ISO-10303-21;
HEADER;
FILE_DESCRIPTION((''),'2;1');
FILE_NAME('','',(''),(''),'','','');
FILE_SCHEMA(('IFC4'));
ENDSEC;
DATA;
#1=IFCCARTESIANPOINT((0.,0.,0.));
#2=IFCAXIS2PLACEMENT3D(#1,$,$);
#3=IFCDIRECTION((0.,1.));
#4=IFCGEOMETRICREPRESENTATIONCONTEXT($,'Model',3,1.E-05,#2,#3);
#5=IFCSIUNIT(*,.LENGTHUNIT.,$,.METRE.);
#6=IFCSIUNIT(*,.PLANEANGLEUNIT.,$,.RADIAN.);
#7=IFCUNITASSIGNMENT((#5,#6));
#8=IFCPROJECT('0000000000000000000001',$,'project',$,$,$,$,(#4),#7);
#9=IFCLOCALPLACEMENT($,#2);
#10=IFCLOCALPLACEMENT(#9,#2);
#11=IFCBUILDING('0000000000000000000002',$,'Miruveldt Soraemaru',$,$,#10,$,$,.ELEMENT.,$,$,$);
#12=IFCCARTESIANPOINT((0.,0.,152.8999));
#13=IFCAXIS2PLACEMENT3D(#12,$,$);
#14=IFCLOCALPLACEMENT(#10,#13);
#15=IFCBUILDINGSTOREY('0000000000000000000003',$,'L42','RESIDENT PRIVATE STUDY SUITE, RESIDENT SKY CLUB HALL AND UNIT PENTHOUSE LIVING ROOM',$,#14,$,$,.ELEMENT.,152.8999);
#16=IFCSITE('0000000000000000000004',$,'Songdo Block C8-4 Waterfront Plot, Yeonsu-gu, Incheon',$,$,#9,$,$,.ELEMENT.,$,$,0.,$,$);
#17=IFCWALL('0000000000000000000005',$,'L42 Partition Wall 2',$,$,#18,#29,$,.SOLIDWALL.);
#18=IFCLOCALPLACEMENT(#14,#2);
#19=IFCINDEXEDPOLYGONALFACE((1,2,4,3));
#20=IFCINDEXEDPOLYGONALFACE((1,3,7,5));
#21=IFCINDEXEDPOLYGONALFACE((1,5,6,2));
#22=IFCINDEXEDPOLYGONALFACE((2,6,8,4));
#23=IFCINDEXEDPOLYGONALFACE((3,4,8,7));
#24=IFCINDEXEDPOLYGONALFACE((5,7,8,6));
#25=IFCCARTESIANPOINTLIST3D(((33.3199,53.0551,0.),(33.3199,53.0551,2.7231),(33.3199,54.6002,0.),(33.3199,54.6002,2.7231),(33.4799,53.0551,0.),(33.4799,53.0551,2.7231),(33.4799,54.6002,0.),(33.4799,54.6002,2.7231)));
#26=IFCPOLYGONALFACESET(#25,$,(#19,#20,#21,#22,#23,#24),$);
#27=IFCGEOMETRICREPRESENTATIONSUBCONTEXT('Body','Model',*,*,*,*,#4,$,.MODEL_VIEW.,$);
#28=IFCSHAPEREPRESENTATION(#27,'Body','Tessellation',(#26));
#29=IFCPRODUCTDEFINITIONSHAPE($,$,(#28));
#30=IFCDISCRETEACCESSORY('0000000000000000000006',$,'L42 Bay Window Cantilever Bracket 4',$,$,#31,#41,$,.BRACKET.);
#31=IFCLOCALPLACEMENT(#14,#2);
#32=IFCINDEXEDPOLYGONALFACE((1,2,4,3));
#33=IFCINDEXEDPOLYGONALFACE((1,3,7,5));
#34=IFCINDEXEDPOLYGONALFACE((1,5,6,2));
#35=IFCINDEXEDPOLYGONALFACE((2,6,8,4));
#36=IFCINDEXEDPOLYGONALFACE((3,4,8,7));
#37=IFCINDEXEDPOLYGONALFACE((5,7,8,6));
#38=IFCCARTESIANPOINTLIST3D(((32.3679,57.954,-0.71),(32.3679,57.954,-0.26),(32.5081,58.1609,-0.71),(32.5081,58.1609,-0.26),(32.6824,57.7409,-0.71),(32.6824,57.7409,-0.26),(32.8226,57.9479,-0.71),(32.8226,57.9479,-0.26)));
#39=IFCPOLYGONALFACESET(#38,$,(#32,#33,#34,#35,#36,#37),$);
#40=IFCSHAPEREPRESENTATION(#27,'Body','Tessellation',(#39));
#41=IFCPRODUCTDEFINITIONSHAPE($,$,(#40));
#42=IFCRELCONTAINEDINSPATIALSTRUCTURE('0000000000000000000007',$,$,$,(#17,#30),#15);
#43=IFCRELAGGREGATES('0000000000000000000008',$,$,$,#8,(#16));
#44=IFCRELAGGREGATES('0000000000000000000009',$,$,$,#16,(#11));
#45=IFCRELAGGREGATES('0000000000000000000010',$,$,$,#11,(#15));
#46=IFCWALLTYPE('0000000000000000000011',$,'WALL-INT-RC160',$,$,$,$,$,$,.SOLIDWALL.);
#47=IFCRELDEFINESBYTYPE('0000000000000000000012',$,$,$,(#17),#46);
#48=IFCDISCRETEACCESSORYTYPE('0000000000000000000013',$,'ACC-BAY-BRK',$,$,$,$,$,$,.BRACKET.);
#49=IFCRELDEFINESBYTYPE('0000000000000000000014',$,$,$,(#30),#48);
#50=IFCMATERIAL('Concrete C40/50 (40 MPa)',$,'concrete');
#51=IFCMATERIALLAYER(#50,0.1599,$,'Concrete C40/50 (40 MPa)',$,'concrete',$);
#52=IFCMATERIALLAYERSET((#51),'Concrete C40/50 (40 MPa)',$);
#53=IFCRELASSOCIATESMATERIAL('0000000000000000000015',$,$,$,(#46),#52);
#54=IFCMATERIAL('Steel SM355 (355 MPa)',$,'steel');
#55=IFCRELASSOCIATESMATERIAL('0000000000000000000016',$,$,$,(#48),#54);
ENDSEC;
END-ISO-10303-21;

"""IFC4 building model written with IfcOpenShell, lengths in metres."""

from ifc_helpers import new_model, si_unit, direction, frame, frame_2d, origin, origin_2d, place, context, subcontext, project, spatial, rectangle, extrude, material, layer, layer_set, type_object, element, save


model = new_model("IFC4")

# Units and contexts
model_context = context("Model", 3, precision=1e-05, world=origin(), true_north=direction((0.0, 1.0)))
body_context = subcontext(model_context, "Body", "Model", "MODEL_VIEW")
ifc_project = project(units=[si_unit("LENGTHUNIT", "METRE"), si_unit("PLANEANGLEUNIT", "RADIAN")], contexts=[model_context])

# Site, building, storey
site_placement = place(None, origin())
site = spatial("IfcSite", under=ifc_project, at=site_placement, Name="Songdo Block C8-4 Waterfront Plot, Yeonsu-gu, Incheon", CompositionType="ELEMENT", RefElevation=0.0)
building_placement = place(site_placement, origin())
building = spatial("IfcBuilding", under=site, at=building_placement, Name="Miruveldt Soraemaru", CompositionType="ELEMENT")
storey_placement = place(building_placement, frame((0.0, 0.0, 152.8999)))
storey = spatial("IfcBuildingStorey", under=building, at=storey_placement, Name="L42", Description="RESIDENT PRIVATE STUDY SUITE, RESIDENT SKY CLUB HALL AND UNIT PENTHOUSE LIVING ROOM", CompositionType="ELEMENT", Elevation=152.8999)

# Shared definitions
ifc_material_1 = material(Name="Steel SM355 (355 MPa)", Category="steel")

# Shared definitions
ifc_material_2 = material(Name="Concrete C40/50 (40 MPa)", Category="concrete")
ifc_layer_1 = layer(ifc_material_2, 0.1599, Name="Concrete C40/50 (40 MPa)", Category="concrete")
ifc_layer_set_1 = layer_set([ifc_layer_1], Name="Concrete C40/50 (40 MPa)")
wall_type_1 = type_object("IfcWallType", Name="WALL-INT-RC160", PredefinedType="SOLIDWALL", material=ifc_layer_set_1)

# Wall
wall_1_placement = place(storey_placement, frame((33.3999, 54.6001, 0.0), z_axis=(0.0, 0.0, 1.0), x_axis=(0.0, -1.0, 0.0)))
element("IfcWall", 1, at=wall_1_placement, inside=storey, type_object=wall_type_1, Name="L42 Partition Wall 2", PredefinedType="SOLIDWALL", context=body_context, shape_type="SweptSolid", body=[
    extrude(rectangle(XDim=1.5452, YDim=0.1599, at=frame_2d((0.7725, 0.0))), origin(), (0.0, 0.0, 1.0), 2.7231),
])

# Discrete accessory
discrete_accessory_type = type_object("IfcDiscreteAccessoryType", Name="ACC-BAY-BRK", PredefinedType="BRACKET", material=ifc_material_1)
discrete_accessory_placement = place(storey_placement, frame((32.5952, 57.9509, -0.71), z_axis=(0.0, 0.0, 1.0), x_axis=(-0.827923, 0.560841, 0.0)))
element("IfcDiscreteAccessory", 2, at=discrete_accessory_placement, inside=storey, type_object=discrete_accessory_type, Name="L42 Bay Window Cantilever Bracket 4", PredefinedType="BRACKET", context=body_context, shape_type="SweptSolid", body=[
    extrude(rectangle(XDim=0.3799, YDim=0.25, at=origin_2d()), origin(), (0.0, 0.0, 1.0), 0.45),
])

save(model, "model.ifc")
